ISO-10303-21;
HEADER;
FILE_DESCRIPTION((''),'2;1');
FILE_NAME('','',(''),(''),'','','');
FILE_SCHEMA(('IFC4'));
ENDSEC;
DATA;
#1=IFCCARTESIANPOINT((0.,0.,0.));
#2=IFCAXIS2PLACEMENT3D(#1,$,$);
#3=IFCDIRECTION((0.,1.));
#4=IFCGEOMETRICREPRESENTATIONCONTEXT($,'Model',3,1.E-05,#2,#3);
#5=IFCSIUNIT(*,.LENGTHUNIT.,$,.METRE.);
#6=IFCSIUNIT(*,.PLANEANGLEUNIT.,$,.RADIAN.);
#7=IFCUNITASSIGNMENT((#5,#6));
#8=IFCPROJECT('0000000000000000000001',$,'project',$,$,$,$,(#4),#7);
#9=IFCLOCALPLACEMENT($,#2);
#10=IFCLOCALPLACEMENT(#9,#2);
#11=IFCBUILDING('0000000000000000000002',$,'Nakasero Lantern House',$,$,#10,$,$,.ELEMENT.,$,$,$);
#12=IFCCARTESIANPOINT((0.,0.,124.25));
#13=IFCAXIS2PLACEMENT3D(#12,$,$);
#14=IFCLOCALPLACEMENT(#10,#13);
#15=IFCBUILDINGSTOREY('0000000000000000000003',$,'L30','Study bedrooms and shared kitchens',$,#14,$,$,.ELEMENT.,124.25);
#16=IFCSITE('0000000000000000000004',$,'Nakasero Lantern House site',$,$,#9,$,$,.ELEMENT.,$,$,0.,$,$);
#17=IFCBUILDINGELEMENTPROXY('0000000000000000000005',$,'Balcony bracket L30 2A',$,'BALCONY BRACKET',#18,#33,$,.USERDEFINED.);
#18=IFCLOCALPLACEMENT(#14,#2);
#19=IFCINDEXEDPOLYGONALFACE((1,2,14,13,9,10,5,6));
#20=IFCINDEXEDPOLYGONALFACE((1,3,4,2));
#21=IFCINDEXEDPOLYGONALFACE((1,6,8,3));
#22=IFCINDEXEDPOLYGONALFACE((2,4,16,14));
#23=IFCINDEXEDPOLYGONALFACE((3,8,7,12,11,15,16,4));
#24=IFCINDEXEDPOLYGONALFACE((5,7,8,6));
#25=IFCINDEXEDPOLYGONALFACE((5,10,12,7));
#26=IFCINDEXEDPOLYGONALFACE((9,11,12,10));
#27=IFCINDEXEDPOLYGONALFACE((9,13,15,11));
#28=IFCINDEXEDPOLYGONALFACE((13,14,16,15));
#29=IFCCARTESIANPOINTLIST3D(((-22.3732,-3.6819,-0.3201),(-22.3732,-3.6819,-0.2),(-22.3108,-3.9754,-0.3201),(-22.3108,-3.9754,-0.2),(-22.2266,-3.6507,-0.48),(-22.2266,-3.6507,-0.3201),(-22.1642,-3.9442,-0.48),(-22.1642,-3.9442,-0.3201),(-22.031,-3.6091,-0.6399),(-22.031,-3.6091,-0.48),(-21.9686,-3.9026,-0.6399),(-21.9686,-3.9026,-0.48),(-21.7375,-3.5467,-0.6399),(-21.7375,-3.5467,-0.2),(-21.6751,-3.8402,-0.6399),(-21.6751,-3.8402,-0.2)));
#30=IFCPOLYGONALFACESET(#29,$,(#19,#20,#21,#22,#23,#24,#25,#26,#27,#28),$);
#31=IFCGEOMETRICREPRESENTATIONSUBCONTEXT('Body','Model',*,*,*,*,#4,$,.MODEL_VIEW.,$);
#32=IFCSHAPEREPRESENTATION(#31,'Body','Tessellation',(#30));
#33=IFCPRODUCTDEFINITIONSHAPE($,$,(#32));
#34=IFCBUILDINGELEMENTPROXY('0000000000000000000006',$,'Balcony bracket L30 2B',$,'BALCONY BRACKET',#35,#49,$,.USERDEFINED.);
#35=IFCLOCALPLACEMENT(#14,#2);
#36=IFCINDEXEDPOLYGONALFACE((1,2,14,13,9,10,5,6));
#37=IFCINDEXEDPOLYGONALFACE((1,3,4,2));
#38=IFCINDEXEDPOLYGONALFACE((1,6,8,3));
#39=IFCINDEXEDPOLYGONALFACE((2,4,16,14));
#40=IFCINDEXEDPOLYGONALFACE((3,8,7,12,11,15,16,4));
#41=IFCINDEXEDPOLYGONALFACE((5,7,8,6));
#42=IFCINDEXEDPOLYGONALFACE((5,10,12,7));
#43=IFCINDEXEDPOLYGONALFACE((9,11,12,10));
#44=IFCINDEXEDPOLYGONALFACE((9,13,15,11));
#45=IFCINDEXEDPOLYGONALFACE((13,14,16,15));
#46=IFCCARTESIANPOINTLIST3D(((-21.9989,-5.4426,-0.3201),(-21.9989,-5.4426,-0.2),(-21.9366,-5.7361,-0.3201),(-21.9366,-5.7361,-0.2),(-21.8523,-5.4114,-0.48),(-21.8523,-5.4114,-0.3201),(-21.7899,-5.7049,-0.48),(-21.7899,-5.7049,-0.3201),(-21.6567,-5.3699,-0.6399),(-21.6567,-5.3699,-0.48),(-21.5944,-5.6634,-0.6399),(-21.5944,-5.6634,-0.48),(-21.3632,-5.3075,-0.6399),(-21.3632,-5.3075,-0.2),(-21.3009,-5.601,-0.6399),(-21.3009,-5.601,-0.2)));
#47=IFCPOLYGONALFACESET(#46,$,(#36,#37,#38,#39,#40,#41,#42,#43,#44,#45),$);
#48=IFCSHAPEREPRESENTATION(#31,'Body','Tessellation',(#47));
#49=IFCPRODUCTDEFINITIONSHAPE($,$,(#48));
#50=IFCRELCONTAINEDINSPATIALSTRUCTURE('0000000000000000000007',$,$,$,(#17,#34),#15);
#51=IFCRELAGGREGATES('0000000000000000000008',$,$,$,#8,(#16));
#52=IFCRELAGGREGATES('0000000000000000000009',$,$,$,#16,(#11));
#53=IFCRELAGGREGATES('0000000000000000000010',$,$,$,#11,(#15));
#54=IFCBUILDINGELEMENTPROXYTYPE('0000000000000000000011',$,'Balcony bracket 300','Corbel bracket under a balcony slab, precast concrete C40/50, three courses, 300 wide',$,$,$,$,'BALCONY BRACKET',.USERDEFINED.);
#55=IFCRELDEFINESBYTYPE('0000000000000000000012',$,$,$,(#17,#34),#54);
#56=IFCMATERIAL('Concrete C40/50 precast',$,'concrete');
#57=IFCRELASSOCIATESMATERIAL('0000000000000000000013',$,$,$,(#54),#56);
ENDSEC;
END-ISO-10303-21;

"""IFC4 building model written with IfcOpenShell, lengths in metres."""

from ifc_helpers import new_model, si_unit, direction, frame, origin, place, context, subcontext, project, spatial, polyline, outline, extrude, material, type_object, element, save


model = new_model("IFC4")

# Units and contexts
model_context = context("Model", 3, precision=1e-05, world=origin(), true_north=direction((0.0, 1.0)))
body_context = subcontext(model_context, "Body", "Model", "MODEL_VIEW")
ifc_project = project(units=[si_unit("LENGTHUNIT", "METRE"), si_unit("PLANEANGLEUNIT", "RADIAN")], contexts=[model_context])

# Site, building, storey
site_placement = place(None, origin())
site = spatial("IfcSite", under=ifc_project, at=site_placement, Name="Nakasero Lantern House site", CompositionType="ELEMENT", RefElevation=0.0)
building_placement = place(site_placement, origin())
building = spatial("IfcBuilding", under=site, at=building_placement, Name="Nakasero Lantern House", CompositionType="ELEMENT")
storey_placement = place(building_placement, frame((0.0, 0.0, 124.25)))
storey = spatial("IfcBuildingStorey", under=building, at=storey_placement, Name="L30", Description="Study bedrooms and shared kitchens", CompositionType="ELEMENT", Elevation=124.25)

# Building element proxies
ifc_material_1 = material(Name="Concrete C40/50 precast", Category="concrete")
building_element_proxy_type = type_object("IfcBuildingElementProxyType", Name="Balcony bracket 300", Description="Corbel bracket under a balcony slab, precast concrete C40/50, three courses, 300 wide", ElementType="BALCONY BRACKET", PredefinedType="USERDEFINED", material=ifc_material_1)
for number, where, z_axis, x_axis, name in (
    (1, (-21.7063, -3.6936, -0.2), (0.0, 0.0, 1.0), (-0.978148, -0.207912, 0.0), "Balcony bracket L30 2A"),
    (2, (-21.332, -5.4543, -0.2), (0.0, 0.0, 1.0), (-0.978148, -0.207912, 0.0), "Balcony bracket L30 2B"),
):
    element("IfcBuildingElementProxy", number, at=place(storey_placement, frame(where, z_axis=z_axis, x_axis=x_axis)), inside=storey, type_object=building_element_proxy_type, Name=name, ObjectType="BALCONY BRACKET", PredefinedType="USERDEFINED", context=body_context, shape_type="SweptSolid", body=[
        extrude(outline(polyline([(0.0, 0.0), (0.6499, 0.0), (0.6499, -0.1201), (0.5, -0.1201), (0.5, -0.28), (0.3, -0.28), (0.3, -0.4399), (0.0, -0.4399), (0.0, 0.0)])), frame((0.0, 0.1499, 0.0), z_axis=(0.0, -1.0, 0.0), x_axis=(1.0, 0.0, 0.0)), (0.0, 0.0, 1.0), 0.3),
    ])

save(model, "model.ifc")
